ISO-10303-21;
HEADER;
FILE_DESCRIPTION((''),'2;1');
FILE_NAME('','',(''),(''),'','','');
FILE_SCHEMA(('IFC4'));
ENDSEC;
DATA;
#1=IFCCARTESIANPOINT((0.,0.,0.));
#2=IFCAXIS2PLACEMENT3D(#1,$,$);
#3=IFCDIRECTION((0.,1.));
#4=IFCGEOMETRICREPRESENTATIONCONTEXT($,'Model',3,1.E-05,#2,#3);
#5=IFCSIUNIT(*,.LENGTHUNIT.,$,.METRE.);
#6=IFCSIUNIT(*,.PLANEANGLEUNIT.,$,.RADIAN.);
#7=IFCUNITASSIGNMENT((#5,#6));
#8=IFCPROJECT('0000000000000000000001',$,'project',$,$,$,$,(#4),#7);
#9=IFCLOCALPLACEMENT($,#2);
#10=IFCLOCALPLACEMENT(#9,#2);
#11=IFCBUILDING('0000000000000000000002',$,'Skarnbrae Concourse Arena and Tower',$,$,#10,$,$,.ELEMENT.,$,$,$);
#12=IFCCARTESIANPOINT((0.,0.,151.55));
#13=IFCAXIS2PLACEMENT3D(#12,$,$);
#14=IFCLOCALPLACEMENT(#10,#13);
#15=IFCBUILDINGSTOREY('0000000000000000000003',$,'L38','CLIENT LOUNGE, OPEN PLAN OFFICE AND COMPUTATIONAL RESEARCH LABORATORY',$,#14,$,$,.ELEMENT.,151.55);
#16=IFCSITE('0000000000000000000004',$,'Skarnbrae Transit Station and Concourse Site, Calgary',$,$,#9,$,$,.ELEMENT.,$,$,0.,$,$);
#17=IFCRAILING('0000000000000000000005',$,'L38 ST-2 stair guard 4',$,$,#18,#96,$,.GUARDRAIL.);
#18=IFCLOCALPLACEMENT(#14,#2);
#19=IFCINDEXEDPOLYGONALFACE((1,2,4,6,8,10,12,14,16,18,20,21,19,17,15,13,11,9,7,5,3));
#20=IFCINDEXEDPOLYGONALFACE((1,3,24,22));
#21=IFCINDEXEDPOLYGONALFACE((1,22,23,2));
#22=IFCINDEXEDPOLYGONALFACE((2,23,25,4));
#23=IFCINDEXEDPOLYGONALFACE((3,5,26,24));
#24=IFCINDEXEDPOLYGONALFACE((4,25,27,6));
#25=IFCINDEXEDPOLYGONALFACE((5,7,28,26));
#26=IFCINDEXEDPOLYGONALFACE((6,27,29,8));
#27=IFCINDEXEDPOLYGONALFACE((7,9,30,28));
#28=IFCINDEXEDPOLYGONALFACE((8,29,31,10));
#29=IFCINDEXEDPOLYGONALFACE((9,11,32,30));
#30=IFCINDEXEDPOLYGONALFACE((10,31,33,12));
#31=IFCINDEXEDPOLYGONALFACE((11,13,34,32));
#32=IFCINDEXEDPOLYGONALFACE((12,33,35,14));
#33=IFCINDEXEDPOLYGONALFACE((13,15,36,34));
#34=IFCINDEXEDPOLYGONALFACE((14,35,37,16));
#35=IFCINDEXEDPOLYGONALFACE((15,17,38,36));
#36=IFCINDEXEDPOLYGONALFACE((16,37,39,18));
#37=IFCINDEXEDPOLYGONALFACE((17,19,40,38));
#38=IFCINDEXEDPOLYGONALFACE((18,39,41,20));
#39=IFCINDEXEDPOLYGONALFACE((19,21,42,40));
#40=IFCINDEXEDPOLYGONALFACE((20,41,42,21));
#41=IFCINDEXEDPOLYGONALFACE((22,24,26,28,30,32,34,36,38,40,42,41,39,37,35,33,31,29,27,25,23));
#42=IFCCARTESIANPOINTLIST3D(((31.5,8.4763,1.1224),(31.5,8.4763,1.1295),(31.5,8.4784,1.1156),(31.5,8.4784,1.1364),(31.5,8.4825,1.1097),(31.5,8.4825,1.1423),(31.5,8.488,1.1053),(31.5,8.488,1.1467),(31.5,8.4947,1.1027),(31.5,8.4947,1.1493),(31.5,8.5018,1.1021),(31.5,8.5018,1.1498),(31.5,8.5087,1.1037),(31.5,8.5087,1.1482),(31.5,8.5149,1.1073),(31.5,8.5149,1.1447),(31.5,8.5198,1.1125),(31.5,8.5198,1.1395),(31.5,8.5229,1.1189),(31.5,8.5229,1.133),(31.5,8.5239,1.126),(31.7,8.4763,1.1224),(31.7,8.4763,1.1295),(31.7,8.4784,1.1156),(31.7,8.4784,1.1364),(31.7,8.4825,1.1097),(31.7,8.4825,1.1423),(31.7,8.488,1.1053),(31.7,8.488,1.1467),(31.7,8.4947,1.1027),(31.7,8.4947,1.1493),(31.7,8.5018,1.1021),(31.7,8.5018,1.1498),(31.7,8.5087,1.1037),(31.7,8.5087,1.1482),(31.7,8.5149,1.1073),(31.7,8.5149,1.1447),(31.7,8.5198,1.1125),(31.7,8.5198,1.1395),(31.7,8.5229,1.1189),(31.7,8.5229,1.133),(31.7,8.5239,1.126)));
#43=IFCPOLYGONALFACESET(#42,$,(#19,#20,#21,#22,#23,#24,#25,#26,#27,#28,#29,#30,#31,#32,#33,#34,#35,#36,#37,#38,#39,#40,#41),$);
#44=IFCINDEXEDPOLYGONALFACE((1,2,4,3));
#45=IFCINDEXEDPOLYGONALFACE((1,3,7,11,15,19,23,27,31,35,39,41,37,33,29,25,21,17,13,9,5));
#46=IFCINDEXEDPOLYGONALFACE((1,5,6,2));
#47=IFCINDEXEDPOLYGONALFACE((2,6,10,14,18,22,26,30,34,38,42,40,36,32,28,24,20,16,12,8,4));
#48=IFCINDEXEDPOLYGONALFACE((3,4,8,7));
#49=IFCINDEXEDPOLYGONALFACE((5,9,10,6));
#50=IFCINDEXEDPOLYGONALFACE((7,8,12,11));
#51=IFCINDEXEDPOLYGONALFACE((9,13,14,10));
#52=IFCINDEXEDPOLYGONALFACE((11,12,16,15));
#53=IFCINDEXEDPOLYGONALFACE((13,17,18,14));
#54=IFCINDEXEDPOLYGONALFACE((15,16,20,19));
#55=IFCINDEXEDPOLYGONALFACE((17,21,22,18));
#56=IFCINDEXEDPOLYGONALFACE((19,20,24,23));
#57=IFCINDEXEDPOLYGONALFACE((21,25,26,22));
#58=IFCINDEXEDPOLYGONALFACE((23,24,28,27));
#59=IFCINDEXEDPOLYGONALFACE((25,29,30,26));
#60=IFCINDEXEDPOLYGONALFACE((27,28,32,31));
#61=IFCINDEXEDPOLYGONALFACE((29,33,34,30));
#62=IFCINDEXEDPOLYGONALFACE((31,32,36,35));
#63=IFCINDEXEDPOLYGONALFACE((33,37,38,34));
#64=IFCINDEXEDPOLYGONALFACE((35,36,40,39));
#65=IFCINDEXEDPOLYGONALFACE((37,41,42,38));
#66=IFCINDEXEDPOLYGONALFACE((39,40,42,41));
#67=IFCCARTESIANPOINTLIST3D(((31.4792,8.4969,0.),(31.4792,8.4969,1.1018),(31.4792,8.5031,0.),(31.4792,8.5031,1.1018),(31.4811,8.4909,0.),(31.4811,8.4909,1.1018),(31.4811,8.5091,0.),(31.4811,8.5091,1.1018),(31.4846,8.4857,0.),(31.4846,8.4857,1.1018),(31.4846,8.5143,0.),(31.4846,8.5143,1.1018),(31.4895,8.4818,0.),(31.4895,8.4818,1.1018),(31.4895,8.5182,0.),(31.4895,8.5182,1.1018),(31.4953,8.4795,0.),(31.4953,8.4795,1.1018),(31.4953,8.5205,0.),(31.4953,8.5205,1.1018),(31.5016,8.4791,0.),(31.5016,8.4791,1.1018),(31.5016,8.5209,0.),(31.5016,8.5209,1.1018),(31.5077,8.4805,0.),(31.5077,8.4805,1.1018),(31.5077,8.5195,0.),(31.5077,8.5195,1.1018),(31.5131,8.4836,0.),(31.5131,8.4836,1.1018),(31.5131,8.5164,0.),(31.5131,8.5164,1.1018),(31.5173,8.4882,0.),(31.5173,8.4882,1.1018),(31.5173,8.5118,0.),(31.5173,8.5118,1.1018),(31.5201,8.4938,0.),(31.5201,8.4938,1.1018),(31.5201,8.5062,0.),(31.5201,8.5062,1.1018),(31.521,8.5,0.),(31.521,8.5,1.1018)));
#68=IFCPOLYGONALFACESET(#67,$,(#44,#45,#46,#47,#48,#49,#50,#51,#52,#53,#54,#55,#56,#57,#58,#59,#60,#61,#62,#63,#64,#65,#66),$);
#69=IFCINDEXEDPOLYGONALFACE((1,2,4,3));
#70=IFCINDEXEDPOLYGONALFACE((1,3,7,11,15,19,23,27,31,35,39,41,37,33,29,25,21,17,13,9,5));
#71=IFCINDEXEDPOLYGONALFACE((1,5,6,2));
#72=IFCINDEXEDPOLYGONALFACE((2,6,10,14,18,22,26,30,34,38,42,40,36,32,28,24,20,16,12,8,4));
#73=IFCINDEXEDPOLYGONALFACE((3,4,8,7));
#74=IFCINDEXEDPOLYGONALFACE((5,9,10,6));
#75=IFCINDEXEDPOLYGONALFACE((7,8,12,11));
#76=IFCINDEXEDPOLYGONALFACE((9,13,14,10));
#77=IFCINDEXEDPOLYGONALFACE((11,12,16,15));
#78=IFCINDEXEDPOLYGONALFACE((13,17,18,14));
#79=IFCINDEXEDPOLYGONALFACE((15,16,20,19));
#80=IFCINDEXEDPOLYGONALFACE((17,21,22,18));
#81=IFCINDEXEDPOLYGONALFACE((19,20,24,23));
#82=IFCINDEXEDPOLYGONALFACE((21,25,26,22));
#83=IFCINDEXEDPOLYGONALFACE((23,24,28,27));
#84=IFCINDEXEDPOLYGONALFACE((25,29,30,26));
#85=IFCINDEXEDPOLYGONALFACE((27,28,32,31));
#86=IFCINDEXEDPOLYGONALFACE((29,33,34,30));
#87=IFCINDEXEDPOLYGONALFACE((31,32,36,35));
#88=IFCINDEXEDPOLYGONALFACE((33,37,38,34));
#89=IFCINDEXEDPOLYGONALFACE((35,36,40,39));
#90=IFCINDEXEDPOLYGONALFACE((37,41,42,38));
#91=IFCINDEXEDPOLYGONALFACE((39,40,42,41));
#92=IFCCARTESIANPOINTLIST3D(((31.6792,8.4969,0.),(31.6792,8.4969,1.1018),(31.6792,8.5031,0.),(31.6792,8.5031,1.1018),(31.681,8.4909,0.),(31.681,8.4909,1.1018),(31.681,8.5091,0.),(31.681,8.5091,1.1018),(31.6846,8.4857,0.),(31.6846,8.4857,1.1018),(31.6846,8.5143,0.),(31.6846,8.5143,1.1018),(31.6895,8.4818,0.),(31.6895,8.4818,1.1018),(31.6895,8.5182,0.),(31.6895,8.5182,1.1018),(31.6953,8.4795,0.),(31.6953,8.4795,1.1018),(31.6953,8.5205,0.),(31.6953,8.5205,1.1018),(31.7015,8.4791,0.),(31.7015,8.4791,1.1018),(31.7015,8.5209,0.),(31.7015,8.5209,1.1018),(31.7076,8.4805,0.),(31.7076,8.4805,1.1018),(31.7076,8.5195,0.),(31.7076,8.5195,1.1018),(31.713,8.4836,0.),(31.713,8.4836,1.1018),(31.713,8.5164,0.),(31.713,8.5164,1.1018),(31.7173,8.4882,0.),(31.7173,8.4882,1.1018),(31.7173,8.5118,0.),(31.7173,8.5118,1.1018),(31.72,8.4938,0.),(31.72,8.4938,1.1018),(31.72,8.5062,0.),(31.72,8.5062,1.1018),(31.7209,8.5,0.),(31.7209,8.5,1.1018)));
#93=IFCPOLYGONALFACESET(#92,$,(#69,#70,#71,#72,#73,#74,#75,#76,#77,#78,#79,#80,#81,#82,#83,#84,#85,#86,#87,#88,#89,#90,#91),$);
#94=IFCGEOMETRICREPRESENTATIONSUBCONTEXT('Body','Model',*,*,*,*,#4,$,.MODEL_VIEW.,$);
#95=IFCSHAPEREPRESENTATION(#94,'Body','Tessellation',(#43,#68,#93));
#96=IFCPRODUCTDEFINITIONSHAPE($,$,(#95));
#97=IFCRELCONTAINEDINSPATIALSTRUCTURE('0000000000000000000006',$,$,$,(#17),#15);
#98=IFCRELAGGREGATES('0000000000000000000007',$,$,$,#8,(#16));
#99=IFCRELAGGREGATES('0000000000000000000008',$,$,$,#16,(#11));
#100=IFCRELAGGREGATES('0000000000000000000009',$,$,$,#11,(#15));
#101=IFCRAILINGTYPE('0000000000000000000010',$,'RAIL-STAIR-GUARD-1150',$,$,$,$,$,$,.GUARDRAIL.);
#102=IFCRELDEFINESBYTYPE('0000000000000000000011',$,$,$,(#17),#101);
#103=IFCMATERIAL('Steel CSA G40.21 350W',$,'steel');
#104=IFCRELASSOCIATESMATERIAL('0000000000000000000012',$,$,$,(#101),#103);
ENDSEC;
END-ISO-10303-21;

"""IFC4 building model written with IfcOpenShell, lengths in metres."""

from ifc_helpers import new_model, si_unit, direction, frame, origin, origin_2d, place, context, subcontext, project, spatial, circle, extrude, material, type_object, element, save


model = new_model("IFC4")

# Units and contexts
model_context = context("Model", 3, precision=1e-05, world=origin(), true_north=direction((0.0, 1.0)))
body_context = subcontext(model_context, "Body", "Model", "MODEL_VIEW")
ifc_project = project(units=[si_unit("LENGTHUNIT", "METRE"), si_unit("PLANEANGLEUNIT", "RADIAN")], contexts=[model_context])

# Site, building, storey
site_placement = place(None, origin())
site = spatial("IfcSite", under=ifc_project, at=site_placement, Name="Skarnbrae Transit Station and Concourse Site, Calgary", CompositionType="ELEMENT", RefElevation=0.0)
building_placement = place(site_placement, origin())
building = spatial("IfcBuilding", under=site, at=building_placement, Name="Skarnbrae Concourse Arena and Tower", CompositionType="ELEMENT")
storey_placement = place(building_placement, frame((0.0, 0.0, 151.55)))
storey = spatial("IfcBuildingStorey", under=building, at=storey_placement, Name="L38", Description="CLIENT LOUNGE, OPEN PLAN OFFICE AND COMPUTATIONAL RESEARCH LABORATORY", CompositionType="ELEMENT", Elevation=151.55)

# Shared definitions
ifc_material_1 = material(Name="Steel CSA G40.21 350W", Category="steel")

# Railing
railing_type_1 = type_object("IfcRailingType", Name="RAIL-STAIR-GUARD-1150", PredefinedType="GUARDRAIL", material=ifc_material_1)
railing_1_placement = place(storey_placement, frame((31.5, 8.5, 0.0)))
element("IfcRailing", 1, at=railing_1_placement, inside=storey, type_object=railing_type_1, Name="L38 ST-2 stair guard 4", PredefinedType="GUARDRAIL", context=body_context, shape_type="SweptSolid", body=[
    extrude(circle(Radius=0.0239, at=origin_2d()), frame((0.0, 0.0, 1.126), z_axis=(1.0, 0.0, 0.0), x_axis=(0.0, 1.0, 0.0)), (0.0, 0.0, 1.0), 0.2),
    extrude(circle(Radius=0.021, at=origin_2d()), origin(), (0.0, 0.0, 1.0), 1.1018),
    extrude(circle(Radius=0.021, at=origin_2d()), frame((0.2, 0.0, 0.0)), (0.0, 0.0, 1.0), 1.1018),
])

save(model, "model.ifc")
